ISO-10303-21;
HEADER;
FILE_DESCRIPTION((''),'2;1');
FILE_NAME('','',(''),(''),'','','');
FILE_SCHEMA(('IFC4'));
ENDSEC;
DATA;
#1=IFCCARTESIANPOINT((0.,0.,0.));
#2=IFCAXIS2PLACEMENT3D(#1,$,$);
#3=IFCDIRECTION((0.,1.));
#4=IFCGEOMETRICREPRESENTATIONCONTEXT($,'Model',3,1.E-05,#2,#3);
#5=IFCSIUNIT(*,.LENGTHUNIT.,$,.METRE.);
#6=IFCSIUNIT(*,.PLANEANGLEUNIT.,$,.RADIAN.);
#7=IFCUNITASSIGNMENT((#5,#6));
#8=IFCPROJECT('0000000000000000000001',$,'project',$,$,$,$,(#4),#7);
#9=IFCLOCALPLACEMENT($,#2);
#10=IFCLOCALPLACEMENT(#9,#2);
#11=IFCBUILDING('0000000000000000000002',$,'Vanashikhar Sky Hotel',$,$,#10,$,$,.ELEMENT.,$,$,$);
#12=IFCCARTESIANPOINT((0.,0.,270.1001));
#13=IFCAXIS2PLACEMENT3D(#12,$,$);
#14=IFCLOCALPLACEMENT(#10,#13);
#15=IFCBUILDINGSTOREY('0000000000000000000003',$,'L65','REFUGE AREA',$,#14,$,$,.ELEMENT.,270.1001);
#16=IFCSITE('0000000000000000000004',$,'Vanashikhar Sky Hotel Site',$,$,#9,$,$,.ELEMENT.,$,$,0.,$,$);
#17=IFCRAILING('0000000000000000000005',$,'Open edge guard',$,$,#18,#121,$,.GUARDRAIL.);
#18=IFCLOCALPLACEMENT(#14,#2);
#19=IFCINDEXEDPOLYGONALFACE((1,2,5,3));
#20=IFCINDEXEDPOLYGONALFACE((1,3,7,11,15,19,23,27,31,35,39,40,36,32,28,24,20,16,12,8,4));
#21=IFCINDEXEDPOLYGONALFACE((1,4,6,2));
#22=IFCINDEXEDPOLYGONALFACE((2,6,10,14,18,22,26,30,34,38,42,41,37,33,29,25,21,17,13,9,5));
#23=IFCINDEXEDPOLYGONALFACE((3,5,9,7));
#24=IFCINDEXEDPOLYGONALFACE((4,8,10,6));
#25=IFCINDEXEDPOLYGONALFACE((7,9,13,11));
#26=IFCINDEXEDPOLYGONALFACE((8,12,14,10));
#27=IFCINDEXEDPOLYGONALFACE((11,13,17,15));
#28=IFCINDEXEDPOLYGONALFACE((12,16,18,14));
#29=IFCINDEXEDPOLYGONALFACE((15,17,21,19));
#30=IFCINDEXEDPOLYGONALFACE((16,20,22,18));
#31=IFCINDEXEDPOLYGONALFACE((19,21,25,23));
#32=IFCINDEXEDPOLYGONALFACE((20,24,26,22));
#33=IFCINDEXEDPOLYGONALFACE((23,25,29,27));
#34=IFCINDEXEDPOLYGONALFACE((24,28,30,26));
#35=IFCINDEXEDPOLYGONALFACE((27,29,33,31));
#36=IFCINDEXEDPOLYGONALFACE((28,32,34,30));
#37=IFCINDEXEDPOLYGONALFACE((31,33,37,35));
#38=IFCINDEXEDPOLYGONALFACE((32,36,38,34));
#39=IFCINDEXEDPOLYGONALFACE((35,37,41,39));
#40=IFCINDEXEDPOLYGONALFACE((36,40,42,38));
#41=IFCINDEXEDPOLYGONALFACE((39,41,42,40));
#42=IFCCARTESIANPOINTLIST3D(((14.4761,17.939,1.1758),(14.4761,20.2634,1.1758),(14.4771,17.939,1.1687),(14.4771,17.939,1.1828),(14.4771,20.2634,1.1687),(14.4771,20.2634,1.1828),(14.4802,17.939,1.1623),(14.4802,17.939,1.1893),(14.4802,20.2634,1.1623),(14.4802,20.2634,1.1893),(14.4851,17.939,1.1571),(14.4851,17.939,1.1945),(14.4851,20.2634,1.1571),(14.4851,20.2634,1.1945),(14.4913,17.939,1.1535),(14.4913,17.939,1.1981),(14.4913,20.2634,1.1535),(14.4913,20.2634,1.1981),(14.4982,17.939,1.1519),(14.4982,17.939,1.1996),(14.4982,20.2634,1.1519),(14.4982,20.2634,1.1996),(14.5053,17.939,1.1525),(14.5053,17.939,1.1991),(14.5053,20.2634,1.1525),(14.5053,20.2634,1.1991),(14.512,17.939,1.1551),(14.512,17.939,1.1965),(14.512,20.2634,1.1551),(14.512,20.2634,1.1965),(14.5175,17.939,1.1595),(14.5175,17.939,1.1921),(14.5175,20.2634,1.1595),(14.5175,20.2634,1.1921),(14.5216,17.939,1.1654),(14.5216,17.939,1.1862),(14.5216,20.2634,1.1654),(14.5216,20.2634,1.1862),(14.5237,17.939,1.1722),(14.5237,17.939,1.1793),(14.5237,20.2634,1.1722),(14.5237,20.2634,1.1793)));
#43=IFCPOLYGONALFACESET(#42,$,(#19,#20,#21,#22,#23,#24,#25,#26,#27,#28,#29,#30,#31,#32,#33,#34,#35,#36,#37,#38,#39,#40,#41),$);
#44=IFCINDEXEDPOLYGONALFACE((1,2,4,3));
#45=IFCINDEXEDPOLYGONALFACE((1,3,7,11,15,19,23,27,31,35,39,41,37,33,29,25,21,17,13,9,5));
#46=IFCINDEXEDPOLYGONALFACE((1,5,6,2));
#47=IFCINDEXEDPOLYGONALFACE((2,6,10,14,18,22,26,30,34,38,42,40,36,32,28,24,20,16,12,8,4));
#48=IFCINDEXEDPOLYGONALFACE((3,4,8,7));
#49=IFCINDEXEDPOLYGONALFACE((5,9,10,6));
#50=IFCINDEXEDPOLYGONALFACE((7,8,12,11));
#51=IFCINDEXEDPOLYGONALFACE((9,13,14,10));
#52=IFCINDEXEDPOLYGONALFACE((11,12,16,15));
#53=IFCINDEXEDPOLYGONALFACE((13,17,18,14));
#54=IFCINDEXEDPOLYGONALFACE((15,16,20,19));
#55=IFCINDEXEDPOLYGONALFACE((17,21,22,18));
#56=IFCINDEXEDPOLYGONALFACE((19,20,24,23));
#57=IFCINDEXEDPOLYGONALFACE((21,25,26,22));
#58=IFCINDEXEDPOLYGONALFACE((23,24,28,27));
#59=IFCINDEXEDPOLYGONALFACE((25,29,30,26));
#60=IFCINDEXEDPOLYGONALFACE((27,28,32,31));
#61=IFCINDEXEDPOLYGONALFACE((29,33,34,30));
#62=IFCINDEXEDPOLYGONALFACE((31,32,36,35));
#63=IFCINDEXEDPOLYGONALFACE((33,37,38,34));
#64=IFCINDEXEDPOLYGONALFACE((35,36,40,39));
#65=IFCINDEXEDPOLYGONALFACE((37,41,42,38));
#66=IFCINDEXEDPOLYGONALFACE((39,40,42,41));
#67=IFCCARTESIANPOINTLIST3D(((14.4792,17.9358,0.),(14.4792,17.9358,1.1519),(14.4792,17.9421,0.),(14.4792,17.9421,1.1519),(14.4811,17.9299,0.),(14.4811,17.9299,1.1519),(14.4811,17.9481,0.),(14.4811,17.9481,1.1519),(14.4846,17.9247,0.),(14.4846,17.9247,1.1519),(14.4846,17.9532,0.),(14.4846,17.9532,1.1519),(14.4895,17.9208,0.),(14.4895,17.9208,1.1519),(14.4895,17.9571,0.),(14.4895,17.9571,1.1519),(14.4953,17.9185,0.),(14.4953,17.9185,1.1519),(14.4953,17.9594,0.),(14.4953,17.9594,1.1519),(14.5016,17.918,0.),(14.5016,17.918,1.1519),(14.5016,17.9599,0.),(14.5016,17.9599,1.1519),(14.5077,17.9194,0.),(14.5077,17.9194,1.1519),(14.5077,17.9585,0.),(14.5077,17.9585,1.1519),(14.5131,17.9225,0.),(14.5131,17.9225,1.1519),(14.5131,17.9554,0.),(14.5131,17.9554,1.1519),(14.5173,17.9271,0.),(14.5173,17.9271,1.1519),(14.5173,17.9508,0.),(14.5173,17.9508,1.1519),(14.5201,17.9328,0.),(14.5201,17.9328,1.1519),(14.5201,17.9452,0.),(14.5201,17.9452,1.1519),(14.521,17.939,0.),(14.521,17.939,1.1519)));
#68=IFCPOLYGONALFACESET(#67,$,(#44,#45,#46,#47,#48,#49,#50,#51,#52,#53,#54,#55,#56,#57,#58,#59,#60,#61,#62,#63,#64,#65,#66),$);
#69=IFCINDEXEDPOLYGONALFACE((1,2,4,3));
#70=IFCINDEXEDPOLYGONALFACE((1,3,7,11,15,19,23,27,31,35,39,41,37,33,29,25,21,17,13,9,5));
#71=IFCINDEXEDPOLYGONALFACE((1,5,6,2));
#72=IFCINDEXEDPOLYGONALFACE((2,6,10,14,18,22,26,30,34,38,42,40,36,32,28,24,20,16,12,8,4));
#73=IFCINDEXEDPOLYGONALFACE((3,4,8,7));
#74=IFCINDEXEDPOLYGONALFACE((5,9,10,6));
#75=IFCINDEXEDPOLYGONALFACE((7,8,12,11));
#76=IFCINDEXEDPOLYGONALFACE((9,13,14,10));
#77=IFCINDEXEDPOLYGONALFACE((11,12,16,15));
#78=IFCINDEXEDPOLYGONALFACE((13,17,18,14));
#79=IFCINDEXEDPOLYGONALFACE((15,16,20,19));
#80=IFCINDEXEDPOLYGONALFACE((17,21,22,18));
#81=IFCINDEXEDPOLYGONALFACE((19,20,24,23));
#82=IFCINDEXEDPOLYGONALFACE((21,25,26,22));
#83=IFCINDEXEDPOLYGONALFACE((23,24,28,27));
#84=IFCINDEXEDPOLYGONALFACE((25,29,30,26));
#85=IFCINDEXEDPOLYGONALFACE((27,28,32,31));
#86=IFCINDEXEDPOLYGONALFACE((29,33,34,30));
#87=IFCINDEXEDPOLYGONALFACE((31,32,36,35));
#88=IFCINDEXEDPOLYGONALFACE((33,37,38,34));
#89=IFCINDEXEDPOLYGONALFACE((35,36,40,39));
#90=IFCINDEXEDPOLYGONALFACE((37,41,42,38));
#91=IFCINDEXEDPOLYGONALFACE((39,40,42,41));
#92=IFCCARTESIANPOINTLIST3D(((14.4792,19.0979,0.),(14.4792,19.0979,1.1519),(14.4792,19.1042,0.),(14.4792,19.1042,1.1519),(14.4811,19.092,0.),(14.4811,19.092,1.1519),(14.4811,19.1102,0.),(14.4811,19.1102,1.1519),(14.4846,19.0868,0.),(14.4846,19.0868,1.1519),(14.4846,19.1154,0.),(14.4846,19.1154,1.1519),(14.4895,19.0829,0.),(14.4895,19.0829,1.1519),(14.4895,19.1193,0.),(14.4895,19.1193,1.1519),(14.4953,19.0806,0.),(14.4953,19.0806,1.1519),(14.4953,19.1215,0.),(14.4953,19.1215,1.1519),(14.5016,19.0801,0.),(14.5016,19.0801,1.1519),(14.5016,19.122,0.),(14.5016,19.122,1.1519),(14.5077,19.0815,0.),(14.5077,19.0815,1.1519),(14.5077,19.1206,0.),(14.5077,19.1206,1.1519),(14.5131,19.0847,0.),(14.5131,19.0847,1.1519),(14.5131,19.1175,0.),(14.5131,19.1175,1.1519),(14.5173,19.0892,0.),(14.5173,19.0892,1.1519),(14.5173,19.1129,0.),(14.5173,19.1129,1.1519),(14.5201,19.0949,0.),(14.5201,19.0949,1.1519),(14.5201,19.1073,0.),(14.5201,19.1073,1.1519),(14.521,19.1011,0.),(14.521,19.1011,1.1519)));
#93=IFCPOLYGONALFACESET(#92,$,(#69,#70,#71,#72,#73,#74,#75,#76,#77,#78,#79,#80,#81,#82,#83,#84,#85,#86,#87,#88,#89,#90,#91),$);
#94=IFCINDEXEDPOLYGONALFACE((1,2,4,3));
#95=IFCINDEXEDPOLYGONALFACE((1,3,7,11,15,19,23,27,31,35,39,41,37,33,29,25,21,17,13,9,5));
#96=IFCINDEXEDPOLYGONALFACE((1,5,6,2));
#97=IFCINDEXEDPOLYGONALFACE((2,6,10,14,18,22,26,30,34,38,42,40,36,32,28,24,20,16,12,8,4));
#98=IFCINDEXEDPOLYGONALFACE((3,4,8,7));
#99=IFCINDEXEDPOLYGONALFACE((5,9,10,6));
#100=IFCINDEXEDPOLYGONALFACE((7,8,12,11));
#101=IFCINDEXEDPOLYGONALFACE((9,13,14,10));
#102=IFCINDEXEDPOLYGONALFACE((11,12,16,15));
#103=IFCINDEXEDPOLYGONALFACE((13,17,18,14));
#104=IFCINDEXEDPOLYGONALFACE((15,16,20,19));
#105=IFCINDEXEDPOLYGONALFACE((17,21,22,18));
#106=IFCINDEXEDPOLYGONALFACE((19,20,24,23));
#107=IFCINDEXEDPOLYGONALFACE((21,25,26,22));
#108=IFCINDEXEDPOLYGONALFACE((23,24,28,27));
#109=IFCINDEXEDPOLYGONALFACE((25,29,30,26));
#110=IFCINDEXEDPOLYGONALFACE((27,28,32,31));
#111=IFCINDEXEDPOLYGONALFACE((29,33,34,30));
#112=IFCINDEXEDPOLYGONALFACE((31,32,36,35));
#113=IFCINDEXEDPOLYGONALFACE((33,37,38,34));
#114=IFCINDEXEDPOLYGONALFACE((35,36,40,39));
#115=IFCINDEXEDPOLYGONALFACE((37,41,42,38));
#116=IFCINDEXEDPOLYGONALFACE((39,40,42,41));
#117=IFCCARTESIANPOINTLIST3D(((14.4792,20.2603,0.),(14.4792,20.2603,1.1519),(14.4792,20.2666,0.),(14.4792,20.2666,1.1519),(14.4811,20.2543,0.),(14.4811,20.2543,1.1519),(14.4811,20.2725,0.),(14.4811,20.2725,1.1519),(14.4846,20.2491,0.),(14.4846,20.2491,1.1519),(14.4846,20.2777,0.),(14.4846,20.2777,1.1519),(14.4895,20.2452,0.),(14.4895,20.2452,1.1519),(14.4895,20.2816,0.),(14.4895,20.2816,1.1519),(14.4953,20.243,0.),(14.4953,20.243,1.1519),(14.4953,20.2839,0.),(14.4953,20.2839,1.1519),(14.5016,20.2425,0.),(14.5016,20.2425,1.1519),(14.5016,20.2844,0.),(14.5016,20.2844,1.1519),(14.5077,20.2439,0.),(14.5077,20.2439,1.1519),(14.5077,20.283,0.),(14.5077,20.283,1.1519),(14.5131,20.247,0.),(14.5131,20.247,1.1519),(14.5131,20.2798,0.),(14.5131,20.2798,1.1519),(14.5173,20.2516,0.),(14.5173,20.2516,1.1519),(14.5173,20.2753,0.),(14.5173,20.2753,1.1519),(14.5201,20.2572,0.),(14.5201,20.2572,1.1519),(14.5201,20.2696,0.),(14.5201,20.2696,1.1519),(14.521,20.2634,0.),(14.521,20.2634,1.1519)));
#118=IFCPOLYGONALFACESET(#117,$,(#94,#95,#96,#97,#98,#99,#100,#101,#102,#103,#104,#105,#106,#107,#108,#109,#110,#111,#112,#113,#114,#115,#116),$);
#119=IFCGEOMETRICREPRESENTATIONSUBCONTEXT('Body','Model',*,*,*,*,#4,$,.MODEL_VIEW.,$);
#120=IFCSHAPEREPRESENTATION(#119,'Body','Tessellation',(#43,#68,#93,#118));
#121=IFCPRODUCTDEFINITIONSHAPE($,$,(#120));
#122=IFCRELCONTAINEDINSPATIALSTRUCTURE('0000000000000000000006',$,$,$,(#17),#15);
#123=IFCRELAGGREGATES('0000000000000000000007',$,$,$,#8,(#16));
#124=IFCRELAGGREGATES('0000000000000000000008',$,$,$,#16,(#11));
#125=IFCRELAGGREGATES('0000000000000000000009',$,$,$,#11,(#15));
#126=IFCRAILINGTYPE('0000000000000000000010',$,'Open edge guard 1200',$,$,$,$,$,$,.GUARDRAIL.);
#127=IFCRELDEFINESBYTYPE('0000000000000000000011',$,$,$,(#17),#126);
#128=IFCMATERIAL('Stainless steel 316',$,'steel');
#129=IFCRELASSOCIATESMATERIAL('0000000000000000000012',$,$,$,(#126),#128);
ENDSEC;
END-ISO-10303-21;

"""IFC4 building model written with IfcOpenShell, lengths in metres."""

from ifc_helpers import new_model, si_unit, direction, frame, origin, origin_2d, place, context, subcontext, project, spatial, circle, extrude, source, transform, mapped, material, type_object, element, save


model = new_model("IFC4")

# Units and contexts
model_context = context("Model", 3, precision=1e-05, world=origin(), true_north=direction((0.0, 1.0)))
body_context = subcontext(model_context, "Body", "Model", "MODEL_VIEW")
ifc_project = project(units=[si_unit("LENGTHUNIT", "METRE"), si_unit("PLANEANGLEUNIT", "RADIAN")], contexts=[model_context])

# Site, building, storey
site_placement = place(None, origin())
site = spatial("IfcSite", under=ifc_project, at=site_placement, Name="Vanashikhar Sky Hotel Site", CompositionType="ELEMENT", RefElevation=0.0)
building_placement = place(site_placement, origin())
building = spatial("IfcBuilding", under=site, at=building_placement, Name="Vanashikhar Sky Hotel", CompositionType="ELEMENT")
storey_placement = place(building_placement, frame((0.0, 0.0, 270.1001)))
storey = spatial("IfcBuildingStorey", under=building, at=storey_placement, Name="L65", Description="REFUGE AREA", CompositionType="ELEMENT", Elevation=270.1001)

# Railing
ifc_material_1 = material(Name="Stainless steel 316", Category="steel")
railing_type = type_object("IfcRailingType", Name="Open edge guard 1200", PredefinedType="GUARDRAIL", material=ifc_material_1)
shared_shape_1 = source(origin(), body_context, "Body", "SweptSolid", [
    extrude(circle(Radius=0.0239, at=origin_2d()), frame((0.0, 0.0, 1.1758), z_axis=(0.0, 1.0, 0.0), x_axis=(-1.0, 0.0, 0.0)), (0.0, 0.0, 1.0), 2.3245),
    extrude(circle(Radius=0.021, at=origin_2d()), origin(), (0.0, 0.0, 1.0), 1.1519),
    extrude(circle(Radius=0.021, at=origin_2d()), frame((0.0, 1.1621, 0.0)), (0.0, 0.0, 1.0), 1.1519),
    extrude(circle(Radius=0.021, at=origin_2d()), frame((0.0, 2.3245, 0.0)), (0.0, 0.0, 1.0), 1.1519),
])
for number, where, name in (
    (1, (14.5, 17.939, 0.0), "Open edge guard"),
):
    element("IfcRailing", number, at=place(storey_placement, frame(where)), inside=storey, type_object=railing_type, Name=name, PredefinedType="GUARDRAIL", context=body_context, shape_type="MappedRepresentation", body=[
        mapped(shared_shape_1, transform((0.0, 0.0, 0.0), scale=1.0)),
    ])

save(model, "model.ifc")
